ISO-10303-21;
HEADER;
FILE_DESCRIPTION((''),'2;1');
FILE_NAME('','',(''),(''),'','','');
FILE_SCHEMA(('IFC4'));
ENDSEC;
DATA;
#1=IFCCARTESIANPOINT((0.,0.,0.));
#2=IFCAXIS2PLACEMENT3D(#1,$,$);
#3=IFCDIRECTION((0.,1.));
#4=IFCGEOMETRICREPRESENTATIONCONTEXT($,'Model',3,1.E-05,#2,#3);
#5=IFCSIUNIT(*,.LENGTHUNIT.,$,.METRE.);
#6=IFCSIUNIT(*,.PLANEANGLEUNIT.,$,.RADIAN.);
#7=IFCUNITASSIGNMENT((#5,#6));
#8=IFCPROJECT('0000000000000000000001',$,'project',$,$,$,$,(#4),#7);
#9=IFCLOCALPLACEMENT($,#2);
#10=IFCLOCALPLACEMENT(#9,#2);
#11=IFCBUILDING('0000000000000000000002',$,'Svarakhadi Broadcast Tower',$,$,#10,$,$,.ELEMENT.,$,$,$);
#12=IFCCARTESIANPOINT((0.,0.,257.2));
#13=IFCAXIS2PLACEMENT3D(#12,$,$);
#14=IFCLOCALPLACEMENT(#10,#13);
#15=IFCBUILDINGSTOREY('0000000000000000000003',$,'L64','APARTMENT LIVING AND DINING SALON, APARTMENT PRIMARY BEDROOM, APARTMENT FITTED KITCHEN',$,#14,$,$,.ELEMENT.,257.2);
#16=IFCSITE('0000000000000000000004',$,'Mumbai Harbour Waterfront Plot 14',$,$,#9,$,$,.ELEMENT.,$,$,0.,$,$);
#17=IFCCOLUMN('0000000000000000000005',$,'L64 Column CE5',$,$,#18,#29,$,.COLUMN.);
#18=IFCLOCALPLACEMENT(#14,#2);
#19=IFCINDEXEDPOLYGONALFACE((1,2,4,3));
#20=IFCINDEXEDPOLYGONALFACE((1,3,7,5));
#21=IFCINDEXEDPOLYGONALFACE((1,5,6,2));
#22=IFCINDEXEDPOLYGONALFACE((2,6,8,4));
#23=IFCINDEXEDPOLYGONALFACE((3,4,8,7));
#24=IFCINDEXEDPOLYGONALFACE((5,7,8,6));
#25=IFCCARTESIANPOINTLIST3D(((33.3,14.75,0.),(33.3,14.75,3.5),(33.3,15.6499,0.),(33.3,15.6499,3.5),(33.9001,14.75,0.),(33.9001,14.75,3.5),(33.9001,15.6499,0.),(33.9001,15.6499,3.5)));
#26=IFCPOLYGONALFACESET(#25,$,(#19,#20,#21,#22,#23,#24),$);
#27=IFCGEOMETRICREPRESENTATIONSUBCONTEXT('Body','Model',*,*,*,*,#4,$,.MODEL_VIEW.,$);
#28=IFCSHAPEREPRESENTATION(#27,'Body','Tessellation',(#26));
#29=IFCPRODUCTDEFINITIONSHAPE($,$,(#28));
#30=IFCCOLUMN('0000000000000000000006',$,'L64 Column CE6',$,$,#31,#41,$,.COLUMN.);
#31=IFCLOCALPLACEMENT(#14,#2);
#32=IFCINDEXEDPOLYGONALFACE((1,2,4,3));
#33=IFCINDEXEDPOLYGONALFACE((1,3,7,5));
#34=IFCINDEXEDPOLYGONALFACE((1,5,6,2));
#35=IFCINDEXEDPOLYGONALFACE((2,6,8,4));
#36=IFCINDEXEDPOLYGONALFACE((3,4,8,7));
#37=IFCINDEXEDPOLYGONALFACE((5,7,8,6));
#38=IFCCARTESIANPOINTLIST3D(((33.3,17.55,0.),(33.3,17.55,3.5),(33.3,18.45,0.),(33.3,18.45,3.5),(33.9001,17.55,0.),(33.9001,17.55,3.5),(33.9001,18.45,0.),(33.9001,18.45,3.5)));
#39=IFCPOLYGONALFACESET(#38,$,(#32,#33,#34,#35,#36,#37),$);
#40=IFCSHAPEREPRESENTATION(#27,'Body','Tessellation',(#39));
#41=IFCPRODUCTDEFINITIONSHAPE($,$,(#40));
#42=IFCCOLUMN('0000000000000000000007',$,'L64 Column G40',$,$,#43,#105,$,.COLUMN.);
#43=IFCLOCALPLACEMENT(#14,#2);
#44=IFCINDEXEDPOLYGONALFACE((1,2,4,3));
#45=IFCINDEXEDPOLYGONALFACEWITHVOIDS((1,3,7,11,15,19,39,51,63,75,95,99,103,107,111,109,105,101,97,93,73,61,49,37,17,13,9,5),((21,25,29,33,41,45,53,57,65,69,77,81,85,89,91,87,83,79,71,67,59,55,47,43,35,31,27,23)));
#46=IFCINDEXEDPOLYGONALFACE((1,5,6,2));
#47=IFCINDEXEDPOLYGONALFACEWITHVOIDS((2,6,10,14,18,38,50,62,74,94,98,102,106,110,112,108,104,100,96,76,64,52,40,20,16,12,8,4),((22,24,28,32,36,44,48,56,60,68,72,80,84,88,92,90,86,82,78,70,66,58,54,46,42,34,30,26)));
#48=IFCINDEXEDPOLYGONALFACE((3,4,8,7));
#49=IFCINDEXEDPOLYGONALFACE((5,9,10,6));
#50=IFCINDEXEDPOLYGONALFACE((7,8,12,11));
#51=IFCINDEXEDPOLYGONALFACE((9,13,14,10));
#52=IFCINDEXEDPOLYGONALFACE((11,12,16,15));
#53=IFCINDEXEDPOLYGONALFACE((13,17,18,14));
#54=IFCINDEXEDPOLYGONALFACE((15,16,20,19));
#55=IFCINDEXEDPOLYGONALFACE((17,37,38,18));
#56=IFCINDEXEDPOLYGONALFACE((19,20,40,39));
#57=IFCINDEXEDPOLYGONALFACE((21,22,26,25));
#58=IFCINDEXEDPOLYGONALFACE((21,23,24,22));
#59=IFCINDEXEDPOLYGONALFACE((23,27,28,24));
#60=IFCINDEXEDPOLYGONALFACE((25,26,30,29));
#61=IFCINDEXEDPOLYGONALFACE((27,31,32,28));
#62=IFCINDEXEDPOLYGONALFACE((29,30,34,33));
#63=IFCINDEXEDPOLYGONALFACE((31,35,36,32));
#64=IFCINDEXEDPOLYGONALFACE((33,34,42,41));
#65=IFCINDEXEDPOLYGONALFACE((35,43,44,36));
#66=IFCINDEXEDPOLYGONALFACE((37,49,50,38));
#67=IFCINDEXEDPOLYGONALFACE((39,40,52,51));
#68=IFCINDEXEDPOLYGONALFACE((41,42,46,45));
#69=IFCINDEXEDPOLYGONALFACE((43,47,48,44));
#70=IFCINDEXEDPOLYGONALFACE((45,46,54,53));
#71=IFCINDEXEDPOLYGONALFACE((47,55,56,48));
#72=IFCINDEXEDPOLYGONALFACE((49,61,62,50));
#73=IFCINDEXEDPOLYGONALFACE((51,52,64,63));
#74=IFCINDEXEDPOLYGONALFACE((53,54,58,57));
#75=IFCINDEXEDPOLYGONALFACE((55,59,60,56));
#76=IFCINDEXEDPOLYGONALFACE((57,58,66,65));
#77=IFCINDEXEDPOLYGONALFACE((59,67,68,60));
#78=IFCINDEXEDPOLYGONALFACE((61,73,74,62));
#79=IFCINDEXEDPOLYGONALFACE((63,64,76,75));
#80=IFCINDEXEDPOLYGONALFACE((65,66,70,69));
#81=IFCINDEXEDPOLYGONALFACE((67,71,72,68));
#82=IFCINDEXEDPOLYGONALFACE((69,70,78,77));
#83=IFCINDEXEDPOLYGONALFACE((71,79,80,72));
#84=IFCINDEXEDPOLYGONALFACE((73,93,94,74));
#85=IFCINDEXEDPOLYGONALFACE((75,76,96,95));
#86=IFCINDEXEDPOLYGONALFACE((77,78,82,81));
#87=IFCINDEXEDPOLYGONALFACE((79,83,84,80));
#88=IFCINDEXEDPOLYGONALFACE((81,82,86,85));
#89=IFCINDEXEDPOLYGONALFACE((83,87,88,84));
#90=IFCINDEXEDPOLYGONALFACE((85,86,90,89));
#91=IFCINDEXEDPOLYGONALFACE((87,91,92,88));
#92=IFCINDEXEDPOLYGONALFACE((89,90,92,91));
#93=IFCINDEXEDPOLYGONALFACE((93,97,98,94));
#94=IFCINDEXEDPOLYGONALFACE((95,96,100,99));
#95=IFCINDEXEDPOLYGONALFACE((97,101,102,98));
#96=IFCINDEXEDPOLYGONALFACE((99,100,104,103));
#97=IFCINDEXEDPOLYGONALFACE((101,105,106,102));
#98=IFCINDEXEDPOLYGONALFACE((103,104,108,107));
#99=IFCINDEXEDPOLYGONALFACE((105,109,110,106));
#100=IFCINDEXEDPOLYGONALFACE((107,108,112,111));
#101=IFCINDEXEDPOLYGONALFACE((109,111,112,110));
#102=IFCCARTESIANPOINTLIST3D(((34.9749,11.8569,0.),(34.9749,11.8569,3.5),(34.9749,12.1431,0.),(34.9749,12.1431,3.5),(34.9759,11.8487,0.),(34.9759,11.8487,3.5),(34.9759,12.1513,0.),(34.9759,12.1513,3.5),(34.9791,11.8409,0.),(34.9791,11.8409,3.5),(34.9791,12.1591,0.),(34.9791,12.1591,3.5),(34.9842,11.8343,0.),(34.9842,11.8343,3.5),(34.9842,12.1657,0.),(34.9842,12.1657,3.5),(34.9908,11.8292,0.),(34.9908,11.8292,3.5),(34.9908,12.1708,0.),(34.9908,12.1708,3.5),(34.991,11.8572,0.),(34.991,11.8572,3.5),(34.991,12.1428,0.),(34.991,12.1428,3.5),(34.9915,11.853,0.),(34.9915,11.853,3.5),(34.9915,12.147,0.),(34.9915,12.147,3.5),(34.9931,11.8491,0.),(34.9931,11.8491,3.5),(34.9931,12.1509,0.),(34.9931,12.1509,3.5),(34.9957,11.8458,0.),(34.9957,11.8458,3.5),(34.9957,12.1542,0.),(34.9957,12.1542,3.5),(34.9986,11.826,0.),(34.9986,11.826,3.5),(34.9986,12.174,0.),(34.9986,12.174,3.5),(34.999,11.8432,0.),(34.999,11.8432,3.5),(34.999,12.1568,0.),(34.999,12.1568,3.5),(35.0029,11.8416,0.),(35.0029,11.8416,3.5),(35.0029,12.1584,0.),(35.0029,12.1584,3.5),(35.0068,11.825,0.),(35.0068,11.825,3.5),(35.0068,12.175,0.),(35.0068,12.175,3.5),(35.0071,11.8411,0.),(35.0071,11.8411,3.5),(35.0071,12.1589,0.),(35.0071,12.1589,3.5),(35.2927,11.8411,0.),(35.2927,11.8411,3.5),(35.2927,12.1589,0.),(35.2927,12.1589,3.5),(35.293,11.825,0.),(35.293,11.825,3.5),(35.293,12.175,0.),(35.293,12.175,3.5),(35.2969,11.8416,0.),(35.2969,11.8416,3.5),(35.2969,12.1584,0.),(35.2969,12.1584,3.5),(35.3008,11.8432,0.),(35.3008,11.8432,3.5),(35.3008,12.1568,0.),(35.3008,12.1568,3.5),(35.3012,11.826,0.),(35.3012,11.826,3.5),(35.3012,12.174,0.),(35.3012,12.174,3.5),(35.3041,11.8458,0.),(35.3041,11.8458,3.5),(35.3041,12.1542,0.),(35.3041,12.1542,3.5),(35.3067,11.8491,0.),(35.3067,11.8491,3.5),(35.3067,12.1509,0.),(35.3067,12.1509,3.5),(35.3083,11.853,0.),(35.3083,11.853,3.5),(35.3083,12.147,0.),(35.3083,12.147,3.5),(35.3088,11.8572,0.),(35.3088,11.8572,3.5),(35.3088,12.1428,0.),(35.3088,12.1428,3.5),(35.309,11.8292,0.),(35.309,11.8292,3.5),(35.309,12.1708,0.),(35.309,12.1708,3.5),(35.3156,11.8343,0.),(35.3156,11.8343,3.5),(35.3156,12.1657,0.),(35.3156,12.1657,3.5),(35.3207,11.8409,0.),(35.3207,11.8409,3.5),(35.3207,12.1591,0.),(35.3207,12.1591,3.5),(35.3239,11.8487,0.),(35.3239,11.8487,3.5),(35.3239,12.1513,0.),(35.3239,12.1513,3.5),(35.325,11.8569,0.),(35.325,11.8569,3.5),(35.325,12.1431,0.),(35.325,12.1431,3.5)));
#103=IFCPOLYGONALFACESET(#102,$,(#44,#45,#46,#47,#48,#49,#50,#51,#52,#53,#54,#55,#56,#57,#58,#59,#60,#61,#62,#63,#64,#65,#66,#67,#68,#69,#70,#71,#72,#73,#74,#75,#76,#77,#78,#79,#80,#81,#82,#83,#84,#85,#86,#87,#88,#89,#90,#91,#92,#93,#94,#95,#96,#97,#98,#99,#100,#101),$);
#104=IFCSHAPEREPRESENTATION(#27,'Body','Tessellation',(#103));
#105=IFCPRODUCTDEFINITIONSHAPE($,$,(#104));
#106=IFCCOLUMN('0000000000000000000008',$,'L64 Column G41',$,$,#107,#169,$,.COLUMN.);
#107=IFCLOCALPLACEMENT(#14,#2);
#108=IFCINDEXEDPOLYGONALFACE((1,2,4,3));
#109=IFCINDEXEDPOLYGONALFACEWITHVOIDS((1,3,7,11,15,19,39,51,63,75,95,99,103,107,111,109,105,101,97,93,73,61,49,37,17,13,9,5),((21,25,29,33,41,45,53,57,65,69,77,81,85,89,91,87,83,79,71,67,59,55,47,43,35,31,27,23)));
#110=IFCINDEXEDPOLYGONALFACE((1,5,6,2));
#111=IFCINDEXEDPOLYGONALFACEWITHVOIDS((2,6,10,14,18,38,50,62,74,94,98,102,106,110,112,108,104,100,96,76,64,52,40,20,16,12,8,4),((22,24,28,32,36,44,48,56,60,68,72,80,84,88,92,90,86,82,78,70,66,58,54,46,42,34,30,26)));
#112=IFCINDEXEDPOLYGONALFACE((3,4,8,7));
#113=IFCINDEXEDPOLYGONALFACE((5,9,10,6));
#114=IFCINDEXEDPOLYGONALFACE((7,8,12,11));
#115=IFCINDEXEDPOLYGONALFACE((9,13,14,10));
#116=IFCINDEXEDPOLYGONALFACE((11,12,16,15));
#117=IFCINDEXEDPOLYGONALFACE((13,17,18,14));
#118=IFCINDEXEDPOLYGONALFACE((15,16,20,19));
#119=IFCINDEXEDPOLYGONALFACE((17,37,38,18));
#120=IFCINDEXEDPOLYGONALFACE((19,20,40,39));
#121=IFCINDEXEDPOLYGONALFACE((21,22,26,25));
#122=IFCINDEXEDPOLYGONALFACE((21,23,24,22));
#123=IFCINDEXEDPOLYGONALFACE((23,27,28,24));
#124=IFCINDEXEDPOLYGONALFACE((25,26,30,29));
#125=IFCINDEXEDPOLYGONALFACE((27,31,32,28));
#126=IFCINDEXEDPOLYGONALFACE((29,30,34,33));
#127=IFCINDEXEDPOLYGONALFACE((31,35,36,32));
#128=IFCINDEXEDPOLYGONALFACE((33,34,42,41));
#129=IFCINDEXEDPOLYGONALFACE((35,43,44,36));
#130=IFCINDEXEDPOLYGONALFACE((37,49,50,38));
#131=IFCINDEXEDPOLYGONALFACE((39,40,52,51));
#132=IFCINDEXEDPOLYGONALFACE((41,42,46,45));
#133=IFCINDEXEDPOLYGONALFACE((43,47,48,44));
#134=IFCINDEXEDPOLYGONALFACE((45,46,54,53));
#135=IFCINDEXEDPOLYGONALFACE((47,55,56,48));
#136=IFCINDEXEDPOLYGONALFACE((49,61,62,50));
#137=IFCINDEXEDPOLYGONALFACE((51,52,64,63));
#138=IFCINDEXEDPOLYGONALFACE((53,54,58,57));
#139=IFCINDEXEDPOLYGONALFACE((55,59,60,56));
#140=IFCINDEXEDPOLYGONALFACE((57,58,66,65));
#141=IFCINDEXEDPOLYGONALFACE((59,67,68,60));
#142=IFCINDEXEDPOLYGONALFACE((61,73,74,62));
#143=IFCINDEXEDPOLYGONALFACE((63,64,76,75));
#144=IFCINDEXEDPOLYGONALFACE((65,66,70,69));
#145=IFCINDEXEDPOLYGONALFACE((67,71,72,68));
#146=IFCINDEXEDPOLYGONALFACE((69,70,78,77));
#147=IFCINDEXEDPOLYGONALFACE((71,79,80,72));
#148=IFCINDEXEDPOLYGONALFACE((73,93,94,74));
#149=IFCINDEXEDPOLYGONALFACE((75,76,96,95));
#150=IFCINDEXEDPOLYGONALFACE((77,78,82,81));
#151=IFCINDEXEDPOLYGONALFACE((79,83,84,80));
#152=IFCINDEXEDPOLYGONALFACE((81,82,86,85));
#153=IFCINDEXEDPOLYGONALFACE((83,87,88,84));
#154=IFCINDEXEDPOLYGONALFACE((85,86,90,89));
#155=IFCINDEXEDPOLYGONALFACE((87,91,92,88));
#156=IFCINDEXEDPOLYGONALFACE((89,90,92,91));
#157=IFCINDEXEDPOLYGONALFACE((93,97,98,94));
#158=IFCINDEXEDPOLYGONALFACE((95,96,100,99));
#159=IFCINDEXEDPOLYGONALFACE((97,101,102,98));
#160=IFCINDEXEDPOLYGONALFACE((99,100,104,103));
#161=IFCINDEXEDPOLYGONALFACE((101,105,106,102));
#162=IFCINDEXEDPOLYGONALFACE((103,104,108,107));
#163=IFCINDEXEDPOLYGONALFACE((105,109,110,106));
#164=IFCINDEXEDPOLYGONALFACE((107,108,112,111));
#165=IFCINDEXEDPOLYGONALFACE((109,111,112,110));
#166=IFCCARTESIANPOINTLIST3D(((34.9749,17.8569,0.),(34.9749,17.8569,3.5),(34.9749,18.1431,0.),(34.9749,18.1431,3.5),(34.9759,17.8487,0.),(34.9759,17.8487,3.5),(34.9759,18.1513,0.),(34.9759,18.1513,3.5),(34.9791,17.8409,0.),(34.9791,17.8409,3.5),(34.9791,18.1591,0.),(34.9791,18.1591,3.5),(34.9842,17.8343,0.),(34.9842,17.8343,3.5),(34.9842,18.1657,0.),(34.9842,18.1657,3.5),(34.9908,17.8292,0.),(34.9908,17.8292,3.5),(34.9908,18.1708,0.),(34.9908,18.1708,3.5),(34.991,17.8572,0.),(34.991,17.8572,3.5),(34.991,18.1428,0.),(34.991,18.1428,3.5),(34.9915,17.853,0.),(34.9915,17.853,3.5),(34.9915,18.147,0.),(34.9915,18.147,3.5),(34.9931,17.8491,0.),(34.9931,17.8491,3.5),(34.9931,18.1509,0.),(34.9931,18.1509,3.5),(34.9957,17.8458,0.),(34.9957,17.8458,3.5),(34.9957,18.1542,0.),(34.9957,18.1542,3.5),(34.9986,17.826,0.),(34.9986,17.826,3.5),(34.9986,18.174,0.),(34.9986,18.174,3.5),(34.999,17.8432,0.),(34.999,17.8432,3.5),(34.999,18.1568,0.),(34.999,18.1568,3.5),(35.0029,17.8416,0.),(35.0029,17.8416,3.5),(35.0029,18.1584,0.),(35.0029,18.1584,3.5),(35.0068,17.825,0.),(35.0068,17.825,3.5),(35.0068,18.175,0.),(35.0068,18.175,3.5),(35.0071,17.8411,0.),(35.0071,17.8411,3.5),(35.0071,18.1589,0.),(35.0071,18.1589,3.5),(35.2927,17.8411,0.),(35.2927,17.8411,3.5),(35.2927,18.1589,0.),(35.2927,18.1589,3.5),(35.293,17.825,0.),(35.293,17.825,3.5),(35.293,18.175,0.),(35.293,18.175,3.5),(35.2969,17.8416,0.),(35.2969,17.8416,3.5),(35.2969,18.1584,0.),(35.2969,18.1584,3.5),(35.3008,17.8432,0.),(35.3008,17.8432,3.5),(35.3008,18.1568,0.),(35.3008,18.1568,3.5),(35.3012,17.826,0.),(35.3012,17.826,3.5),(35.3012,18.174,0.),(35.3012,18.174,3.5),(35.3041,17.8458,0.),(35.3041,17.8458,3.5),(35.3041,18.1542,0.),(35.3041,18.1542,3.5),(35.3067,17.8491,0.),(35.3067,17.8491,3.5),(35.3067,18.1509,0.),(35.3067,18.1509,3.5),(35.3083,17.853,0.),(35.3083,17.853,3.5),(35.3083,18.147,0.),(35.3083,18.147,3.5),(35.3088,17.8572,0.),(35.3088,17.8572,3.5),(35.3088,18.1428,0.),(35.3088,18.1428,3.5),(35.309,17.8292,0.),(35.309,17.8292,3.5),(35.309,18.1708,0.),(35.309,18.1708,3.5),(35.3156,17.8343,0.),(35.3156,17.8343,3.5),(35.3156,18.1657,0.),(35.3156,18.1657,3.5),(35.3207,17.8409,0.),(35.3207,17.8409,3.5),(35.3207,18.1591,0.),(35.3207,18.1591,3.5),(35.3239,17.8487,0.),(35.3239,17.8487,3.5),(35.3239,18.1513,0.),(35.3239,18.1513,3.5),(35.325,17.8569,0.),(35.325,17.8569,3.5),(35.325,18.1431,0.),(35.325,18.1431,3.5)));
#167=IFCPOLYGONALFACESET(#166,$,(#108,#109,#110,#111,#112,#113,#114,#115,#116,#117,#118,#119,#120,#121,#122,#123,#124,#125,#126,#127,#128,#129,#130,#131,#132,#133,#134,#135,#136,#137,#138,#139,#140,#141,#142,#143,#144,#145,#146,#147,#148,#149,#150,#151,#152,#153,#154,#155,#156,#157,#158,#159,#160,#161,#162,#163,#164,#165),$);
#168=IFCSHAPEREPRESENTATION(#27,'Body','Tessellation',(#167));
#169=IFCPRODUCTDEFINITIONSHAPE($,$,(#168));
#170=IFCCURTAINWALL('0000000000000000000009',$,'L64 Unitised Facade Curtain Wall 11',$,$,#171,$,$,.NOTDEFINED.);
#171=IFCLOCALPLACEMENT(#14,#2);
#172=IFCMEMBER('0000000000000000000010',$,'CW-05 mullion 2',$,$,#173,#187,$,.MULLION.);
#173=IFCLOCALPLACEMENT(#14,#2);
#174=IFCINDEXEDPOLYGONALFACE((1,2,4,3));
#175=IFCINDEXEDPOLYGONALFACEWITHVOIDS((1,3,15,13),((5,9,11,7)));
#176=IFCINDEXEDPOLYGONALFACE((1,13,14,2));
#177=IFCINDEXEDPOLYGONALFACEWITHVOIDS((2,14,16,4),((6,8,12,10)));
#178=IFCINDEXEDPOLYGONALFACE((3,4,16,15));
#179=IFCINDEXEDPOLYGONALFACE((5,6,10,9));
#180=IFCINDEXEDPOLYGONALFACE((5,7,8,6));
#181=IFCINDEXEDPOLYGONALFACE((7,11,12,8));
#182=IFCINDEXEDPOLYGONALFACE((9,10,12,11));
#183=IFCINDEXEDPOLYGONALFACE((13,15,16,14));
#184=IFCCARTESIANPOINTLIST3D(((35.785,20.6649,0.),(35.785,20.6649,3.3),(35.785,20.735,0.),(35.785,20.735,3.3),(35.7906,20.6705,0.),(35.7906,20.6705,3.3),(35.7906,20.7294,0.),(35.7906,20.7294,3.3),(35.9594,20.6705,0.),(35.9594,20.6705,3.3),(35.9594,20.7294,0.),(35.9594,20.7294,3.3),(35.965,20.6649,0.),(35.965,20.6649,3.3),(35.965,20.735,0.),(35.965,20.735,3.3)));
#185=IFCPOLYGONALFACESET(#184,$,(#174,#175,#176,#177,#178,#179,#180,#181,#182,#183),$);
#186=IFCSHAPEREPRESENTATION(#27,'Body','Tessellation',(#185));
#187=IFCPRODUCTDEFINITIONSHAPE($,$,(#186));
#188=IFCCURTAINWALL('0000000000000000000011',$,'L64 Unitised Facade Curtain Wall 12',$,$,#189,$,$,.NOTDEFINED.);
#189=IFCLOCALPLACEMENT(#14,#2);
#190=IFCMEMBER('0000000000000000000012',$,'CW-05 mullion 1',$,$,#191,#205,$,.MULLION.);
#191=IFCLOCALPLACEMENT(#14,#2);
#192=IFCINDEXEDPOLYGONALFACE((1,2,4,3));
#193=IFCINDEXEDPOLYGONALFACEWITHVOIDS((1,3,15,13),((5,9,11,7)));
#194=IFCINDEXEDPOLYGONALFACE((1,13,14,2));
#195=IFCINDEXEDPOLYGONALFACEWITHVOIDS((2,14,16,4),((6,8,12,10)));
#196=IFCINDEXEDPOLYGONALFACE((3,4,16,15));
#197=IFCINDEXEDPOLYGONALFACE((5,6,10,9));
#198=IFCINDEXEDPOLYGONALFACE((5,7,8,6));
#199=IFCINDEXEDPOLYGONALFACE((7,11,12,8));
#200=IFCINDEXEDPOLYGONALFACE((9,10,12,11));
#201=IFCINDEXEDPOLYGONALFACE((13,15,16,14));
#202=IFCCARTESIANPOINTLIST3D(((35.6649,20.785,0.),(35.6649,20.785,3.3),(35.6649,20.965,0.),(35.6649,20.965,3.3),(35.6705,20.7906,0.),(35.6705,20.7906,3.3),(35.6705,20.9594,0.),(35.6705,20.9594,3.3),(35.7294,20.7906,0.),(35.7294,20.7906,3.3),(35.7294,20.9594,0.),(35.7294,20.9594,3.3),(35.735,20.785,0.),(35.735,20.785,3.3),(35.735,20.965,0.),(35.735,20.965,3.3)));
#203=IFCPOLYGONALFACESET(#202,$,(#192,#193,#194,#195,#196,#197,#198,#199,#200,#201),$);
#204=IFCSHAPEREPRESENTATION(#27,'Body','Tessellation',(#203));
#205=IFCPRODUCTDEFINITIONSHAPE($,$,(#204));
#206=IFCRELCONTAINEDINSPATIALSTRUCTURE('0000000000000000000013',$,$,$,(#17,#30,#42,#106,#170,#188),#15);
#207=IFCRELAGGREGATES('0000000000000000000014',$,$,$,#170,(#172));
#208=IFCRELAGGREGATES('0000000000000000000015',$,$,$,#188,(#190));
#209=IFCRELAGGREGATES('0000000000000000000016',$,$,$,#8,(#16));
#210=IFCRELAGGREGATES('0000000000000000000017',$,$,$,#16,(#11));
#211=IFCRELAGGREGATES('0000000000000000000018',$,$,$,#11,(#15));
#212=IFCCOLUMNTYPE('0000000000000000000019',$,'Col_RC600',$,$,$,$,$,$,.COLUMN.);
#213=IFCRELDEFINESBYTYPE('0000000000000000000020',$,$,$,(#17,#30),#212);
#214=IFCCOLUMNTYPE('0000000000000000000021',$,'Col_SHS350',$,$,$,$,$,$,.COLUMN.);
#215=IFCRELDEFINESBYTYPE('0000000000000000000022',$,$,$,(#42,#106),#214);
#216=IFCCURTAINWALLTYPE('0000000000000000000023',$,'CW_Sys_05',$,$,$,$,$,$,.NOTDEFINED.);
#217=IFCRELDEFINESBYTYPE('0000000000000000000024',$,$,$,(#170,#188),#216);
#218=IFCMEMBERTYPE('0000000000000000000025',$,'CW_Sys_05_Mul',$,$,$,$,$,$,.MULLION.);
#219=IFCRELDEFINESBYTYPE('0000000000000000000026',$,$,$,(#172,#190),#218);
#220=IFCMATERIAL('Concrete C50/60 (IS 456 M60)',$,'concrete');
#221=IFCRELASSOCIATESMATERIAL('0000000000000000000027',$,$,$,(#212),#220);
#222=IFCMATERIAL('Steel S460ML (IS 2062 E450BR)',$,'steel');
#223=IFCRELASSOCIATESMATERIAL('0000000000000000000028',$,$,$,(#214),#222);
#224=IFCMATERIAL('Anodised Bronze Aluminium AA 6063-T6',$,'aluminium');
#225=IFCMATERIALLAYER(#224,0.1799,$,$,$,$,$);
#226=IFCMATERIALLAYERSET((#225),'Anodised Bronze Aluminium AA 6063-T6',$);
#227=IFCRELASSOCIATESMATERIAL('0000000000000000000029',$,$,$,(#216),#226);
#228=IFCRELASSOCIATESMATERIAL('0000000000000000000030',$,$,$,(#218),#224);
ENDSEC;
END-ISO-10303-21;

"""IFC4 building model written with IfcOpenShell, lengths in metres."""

from ifc_helpers import new_model, si_unit, direction, frame, origin, origin_2d, place, context, subcontext, project, spatial, rectangle, hollow_rectangle, extrude, material, layer, layer_set, material_profile, profile_set, type_object, element, aggregate, save


model = new_model("IFC4")

# Units and contexts
model_context = context("Model", 3, precision=1e-05, world=origin(), true_north=direction((0.0, 1.0)))
body_context = subcontext(model_context, "Body", "Model", "MODEL_VIEW")
ifc_project = project(units=[si_unit("LENGTHUNIT", "METRE"), si_unit("PLANEANGLEUNIT", "RADIAN")], contexts=[model_context])

# Site, building, storey
site_placement = place(None, origin())
site = spatial("IfcSite", under=ifc_project, at=site_placement, Name="Mumbai Harbour Waterfront Plot 14", CompositionType="ELEMENT", RefElevation=0.0)
building_placement = place(site_placement, origin())
building = spatial("IfcBuilding", under=site, at=building_placement, Name="Svarakhadi Broadcast Tower", CompositionType="ELEMENT")
storey_placement = place(building_placement, frame((0.0, 0.0, 257.2)))
storey = spatial("IfcBuildingStorey", under=building, at=storey_placement, Name="L64", Description="APARTMENT LIVING AND DINING SALON, APARTMENT PRIMARY BEDROOM, APARTMENT FITTED KITCHEN", CompositionType="ELEMENT", Elevation=257.2)

# Columns
ifc_material_1 = material(Name="Concrete C50/60 (IS 456 M60)", Category="concrete")
ifc_material_profile_1 = material_profile(ifc_material_1, rectangle(XDim=0.6001, YDim=0.8999, at=origin_2d()), Name="RC 600x900")
ifc_profile_set_1 = profile_set([ifc_material_profile_1], Name="Concrete C50/60 (IS 456 M60)")
column_type_1 = type_object("IfcColumnType", Name="Col_RC600", PredefinedType="COLUMN", material=ifc_profile_set_1)
for number, where, z_axis, x_axis, name in (
    (1, (33.6001, 15.2, 0.0), (0.0, 0.0, 1.0), (1.0, 0.0, 0.0), "L64 Column CE5"),
    (2, (33.6001, 18.0, 0.0), (0.0, 0.0, 1.0), (1.0, 0.0, 0.0), "L64 Column CE6"),
):
    element("IfcColumn", number, at=place(storey_placement, frame(where, z_axis=z_axis, x_axis=x_axis)), inside=storey, type_object=column_type_1, Name=name, PredefinedType="COLUMN", context=body_context, shape_type="SweptSolid", body=[
        extrude(rectangle(XDim=0.6001, YDim=0.8999, at=origin_2d()), origin(), (0.0, 0.0, 1.0), 3.5),
    ])
ifc_material_2 = material(Name="Steel S460ML (IS 2062 E450BR)", Category="steel")
ifc_material_profile_2 = material_profile(ifc_material_2, hollow_rectangle(XDim=0.3501, YDim=0.3501, WallThickness=0.0161, InnerFilletRadius=0.0161, OuterFilletRadius=0.032, at=origin_2d()), Name="SHS 350x350x16")
ifc_profile_set_2 = profile_set([ifc_material_profile_2], Name="Steel S460ML (IS 2062 E450BR)")
column_type_2 = type_object("IfcColumnType", Name="Col_SHS350", PredefinedType="COLUMN", material=ifc_profile_set_2)
for number, where, z_axis, x_axis, name in (
    (3, (35.1499, 12.0, 0.0), (0.0, 0.0, 1.0), (1.0, 0.0, 0.0), "L64 Column G40"),
    (4, (35.1499, 18.0, 0.0), (0.0, 0.0, 1.0), (1.0, 0.0, 0.0), "L64 Column G41"),
):
    element("IfcColumn", number, at=place(storey_placement, frame(where, z_axis=z_axis, x_axis=x_axis)), inside=storey, type_object=column_type_2, Name=name, PredefinedType="COLUMN", context=body_context, shape_type="SweptSolid", body=[
        extrude(hollow_rectangle(XDim=0.3501, YDim=0.3501, WallThickness=0.0161, InnerFilletRadius=0.0161, OuterFilletRadius=0.032, at=origin_2d()), origin(), (0.0, 0.0, 1.0), 3.5),
    ])

# Curtain wall, member
ifc_material_3 = material(Name="Anodised Bronze Aluminium AA 6063-T6", Category="aluminium")
ifc_layer_1 = layer(ifc_material_3, 0.1799)
ifc_layer_set_1 = layer_set([ifc_layer_1], Name="Anodised Bronze Aluminium AA 6063-T6")
curtain_wall_type = type_object("IfcCurtainWallType", Name="CW_Sys_05", PredefinedType="NOTDEFINED", material=ifc_layer_set_1)
curtain_wall_1_placement = place(storey_placement, origin())
curtain_wall_1 = element("IfcCurtainWall", 5, at=curtain_wall_1_placement, inside=storey, type_object=curtain_wall_type, Name="L64 Unitised Facade Curtain Wall 11", PredefinedType="NOTDEFINED")
ifc_material_profile_3 = material_profile(ifc_material_3, hollow_rectangle(XDim=0.0701, YDim=0.1799, WallThickness=0.0056, at=origin_2d()), Name="ALU MULLION 180x70x6")
ifc_profile_set_3 = profile_set([ifc_material_profile_3], Name="Anodised Bronze Aluminium AA 6063-T6")
member_type_1 = type_object("IfcMemberType", Name="CW_Sys_05_Mul", PredefinedType="MULLION", material=ifc_profile_set_3)
member_1_placement = place(storey_placement, frame((35.875, 20.7, 0.0), z_axis=(0.0, 0.0, 1.0), x_axis=(0.0, 1.0, 0.0)))
member_1 = element("IfcMember", 6, at=member_1_placement, type_object=member_type_1, Name="CW-05 mullion 2", PredefinedType="MULLION", context=body_context, shape_type="SweptSolid", body=[
    extrude(hollow_rectangle(XDim=0.0701, YDim=0.1799, WallThickness=0.0056, at=origin_2d()), origin(), (0.0, 0.0, 1.0), 3.3),
])

# Curtain wall, member
curtain_wall_2_placement = place(storey_placement, origin())
curtain_wall_2 = element("IfcCurtainWall", 7, at=curtain_wall_2_placement, inside=storey, type_object=curtain_wall_type, Name="L64 Unitised Facade Curtain Wall 12", PredefinedType="NOTDEFINED")
member_2_placement = place(storey_placement, frame((35.7, 20.875, 0.0), z_axis=(0.0, 0.0, 1.0), x_axis=(1.0, 0.0, 0.0)))
member_2 = element("IfcMember", 8, at=member_2_placement, type_object=member_type_1, Name="CW-05 mullion 1", PredefinedType="MULLION", context=body_context, shape_type="SweptSolid", body=[
    extrude(hollow_rectangle(XDim=0.0701, YDim=0.1799, WallThickness=0.0056, at=origin_2d()), origin(), (0.0, 0.0, 1.0), 3.3),
])

aggregate(curtain_wall_1, [member_1])
aggregate(curtain_wall_2, [member_2])

save(model, "model.ifc")
